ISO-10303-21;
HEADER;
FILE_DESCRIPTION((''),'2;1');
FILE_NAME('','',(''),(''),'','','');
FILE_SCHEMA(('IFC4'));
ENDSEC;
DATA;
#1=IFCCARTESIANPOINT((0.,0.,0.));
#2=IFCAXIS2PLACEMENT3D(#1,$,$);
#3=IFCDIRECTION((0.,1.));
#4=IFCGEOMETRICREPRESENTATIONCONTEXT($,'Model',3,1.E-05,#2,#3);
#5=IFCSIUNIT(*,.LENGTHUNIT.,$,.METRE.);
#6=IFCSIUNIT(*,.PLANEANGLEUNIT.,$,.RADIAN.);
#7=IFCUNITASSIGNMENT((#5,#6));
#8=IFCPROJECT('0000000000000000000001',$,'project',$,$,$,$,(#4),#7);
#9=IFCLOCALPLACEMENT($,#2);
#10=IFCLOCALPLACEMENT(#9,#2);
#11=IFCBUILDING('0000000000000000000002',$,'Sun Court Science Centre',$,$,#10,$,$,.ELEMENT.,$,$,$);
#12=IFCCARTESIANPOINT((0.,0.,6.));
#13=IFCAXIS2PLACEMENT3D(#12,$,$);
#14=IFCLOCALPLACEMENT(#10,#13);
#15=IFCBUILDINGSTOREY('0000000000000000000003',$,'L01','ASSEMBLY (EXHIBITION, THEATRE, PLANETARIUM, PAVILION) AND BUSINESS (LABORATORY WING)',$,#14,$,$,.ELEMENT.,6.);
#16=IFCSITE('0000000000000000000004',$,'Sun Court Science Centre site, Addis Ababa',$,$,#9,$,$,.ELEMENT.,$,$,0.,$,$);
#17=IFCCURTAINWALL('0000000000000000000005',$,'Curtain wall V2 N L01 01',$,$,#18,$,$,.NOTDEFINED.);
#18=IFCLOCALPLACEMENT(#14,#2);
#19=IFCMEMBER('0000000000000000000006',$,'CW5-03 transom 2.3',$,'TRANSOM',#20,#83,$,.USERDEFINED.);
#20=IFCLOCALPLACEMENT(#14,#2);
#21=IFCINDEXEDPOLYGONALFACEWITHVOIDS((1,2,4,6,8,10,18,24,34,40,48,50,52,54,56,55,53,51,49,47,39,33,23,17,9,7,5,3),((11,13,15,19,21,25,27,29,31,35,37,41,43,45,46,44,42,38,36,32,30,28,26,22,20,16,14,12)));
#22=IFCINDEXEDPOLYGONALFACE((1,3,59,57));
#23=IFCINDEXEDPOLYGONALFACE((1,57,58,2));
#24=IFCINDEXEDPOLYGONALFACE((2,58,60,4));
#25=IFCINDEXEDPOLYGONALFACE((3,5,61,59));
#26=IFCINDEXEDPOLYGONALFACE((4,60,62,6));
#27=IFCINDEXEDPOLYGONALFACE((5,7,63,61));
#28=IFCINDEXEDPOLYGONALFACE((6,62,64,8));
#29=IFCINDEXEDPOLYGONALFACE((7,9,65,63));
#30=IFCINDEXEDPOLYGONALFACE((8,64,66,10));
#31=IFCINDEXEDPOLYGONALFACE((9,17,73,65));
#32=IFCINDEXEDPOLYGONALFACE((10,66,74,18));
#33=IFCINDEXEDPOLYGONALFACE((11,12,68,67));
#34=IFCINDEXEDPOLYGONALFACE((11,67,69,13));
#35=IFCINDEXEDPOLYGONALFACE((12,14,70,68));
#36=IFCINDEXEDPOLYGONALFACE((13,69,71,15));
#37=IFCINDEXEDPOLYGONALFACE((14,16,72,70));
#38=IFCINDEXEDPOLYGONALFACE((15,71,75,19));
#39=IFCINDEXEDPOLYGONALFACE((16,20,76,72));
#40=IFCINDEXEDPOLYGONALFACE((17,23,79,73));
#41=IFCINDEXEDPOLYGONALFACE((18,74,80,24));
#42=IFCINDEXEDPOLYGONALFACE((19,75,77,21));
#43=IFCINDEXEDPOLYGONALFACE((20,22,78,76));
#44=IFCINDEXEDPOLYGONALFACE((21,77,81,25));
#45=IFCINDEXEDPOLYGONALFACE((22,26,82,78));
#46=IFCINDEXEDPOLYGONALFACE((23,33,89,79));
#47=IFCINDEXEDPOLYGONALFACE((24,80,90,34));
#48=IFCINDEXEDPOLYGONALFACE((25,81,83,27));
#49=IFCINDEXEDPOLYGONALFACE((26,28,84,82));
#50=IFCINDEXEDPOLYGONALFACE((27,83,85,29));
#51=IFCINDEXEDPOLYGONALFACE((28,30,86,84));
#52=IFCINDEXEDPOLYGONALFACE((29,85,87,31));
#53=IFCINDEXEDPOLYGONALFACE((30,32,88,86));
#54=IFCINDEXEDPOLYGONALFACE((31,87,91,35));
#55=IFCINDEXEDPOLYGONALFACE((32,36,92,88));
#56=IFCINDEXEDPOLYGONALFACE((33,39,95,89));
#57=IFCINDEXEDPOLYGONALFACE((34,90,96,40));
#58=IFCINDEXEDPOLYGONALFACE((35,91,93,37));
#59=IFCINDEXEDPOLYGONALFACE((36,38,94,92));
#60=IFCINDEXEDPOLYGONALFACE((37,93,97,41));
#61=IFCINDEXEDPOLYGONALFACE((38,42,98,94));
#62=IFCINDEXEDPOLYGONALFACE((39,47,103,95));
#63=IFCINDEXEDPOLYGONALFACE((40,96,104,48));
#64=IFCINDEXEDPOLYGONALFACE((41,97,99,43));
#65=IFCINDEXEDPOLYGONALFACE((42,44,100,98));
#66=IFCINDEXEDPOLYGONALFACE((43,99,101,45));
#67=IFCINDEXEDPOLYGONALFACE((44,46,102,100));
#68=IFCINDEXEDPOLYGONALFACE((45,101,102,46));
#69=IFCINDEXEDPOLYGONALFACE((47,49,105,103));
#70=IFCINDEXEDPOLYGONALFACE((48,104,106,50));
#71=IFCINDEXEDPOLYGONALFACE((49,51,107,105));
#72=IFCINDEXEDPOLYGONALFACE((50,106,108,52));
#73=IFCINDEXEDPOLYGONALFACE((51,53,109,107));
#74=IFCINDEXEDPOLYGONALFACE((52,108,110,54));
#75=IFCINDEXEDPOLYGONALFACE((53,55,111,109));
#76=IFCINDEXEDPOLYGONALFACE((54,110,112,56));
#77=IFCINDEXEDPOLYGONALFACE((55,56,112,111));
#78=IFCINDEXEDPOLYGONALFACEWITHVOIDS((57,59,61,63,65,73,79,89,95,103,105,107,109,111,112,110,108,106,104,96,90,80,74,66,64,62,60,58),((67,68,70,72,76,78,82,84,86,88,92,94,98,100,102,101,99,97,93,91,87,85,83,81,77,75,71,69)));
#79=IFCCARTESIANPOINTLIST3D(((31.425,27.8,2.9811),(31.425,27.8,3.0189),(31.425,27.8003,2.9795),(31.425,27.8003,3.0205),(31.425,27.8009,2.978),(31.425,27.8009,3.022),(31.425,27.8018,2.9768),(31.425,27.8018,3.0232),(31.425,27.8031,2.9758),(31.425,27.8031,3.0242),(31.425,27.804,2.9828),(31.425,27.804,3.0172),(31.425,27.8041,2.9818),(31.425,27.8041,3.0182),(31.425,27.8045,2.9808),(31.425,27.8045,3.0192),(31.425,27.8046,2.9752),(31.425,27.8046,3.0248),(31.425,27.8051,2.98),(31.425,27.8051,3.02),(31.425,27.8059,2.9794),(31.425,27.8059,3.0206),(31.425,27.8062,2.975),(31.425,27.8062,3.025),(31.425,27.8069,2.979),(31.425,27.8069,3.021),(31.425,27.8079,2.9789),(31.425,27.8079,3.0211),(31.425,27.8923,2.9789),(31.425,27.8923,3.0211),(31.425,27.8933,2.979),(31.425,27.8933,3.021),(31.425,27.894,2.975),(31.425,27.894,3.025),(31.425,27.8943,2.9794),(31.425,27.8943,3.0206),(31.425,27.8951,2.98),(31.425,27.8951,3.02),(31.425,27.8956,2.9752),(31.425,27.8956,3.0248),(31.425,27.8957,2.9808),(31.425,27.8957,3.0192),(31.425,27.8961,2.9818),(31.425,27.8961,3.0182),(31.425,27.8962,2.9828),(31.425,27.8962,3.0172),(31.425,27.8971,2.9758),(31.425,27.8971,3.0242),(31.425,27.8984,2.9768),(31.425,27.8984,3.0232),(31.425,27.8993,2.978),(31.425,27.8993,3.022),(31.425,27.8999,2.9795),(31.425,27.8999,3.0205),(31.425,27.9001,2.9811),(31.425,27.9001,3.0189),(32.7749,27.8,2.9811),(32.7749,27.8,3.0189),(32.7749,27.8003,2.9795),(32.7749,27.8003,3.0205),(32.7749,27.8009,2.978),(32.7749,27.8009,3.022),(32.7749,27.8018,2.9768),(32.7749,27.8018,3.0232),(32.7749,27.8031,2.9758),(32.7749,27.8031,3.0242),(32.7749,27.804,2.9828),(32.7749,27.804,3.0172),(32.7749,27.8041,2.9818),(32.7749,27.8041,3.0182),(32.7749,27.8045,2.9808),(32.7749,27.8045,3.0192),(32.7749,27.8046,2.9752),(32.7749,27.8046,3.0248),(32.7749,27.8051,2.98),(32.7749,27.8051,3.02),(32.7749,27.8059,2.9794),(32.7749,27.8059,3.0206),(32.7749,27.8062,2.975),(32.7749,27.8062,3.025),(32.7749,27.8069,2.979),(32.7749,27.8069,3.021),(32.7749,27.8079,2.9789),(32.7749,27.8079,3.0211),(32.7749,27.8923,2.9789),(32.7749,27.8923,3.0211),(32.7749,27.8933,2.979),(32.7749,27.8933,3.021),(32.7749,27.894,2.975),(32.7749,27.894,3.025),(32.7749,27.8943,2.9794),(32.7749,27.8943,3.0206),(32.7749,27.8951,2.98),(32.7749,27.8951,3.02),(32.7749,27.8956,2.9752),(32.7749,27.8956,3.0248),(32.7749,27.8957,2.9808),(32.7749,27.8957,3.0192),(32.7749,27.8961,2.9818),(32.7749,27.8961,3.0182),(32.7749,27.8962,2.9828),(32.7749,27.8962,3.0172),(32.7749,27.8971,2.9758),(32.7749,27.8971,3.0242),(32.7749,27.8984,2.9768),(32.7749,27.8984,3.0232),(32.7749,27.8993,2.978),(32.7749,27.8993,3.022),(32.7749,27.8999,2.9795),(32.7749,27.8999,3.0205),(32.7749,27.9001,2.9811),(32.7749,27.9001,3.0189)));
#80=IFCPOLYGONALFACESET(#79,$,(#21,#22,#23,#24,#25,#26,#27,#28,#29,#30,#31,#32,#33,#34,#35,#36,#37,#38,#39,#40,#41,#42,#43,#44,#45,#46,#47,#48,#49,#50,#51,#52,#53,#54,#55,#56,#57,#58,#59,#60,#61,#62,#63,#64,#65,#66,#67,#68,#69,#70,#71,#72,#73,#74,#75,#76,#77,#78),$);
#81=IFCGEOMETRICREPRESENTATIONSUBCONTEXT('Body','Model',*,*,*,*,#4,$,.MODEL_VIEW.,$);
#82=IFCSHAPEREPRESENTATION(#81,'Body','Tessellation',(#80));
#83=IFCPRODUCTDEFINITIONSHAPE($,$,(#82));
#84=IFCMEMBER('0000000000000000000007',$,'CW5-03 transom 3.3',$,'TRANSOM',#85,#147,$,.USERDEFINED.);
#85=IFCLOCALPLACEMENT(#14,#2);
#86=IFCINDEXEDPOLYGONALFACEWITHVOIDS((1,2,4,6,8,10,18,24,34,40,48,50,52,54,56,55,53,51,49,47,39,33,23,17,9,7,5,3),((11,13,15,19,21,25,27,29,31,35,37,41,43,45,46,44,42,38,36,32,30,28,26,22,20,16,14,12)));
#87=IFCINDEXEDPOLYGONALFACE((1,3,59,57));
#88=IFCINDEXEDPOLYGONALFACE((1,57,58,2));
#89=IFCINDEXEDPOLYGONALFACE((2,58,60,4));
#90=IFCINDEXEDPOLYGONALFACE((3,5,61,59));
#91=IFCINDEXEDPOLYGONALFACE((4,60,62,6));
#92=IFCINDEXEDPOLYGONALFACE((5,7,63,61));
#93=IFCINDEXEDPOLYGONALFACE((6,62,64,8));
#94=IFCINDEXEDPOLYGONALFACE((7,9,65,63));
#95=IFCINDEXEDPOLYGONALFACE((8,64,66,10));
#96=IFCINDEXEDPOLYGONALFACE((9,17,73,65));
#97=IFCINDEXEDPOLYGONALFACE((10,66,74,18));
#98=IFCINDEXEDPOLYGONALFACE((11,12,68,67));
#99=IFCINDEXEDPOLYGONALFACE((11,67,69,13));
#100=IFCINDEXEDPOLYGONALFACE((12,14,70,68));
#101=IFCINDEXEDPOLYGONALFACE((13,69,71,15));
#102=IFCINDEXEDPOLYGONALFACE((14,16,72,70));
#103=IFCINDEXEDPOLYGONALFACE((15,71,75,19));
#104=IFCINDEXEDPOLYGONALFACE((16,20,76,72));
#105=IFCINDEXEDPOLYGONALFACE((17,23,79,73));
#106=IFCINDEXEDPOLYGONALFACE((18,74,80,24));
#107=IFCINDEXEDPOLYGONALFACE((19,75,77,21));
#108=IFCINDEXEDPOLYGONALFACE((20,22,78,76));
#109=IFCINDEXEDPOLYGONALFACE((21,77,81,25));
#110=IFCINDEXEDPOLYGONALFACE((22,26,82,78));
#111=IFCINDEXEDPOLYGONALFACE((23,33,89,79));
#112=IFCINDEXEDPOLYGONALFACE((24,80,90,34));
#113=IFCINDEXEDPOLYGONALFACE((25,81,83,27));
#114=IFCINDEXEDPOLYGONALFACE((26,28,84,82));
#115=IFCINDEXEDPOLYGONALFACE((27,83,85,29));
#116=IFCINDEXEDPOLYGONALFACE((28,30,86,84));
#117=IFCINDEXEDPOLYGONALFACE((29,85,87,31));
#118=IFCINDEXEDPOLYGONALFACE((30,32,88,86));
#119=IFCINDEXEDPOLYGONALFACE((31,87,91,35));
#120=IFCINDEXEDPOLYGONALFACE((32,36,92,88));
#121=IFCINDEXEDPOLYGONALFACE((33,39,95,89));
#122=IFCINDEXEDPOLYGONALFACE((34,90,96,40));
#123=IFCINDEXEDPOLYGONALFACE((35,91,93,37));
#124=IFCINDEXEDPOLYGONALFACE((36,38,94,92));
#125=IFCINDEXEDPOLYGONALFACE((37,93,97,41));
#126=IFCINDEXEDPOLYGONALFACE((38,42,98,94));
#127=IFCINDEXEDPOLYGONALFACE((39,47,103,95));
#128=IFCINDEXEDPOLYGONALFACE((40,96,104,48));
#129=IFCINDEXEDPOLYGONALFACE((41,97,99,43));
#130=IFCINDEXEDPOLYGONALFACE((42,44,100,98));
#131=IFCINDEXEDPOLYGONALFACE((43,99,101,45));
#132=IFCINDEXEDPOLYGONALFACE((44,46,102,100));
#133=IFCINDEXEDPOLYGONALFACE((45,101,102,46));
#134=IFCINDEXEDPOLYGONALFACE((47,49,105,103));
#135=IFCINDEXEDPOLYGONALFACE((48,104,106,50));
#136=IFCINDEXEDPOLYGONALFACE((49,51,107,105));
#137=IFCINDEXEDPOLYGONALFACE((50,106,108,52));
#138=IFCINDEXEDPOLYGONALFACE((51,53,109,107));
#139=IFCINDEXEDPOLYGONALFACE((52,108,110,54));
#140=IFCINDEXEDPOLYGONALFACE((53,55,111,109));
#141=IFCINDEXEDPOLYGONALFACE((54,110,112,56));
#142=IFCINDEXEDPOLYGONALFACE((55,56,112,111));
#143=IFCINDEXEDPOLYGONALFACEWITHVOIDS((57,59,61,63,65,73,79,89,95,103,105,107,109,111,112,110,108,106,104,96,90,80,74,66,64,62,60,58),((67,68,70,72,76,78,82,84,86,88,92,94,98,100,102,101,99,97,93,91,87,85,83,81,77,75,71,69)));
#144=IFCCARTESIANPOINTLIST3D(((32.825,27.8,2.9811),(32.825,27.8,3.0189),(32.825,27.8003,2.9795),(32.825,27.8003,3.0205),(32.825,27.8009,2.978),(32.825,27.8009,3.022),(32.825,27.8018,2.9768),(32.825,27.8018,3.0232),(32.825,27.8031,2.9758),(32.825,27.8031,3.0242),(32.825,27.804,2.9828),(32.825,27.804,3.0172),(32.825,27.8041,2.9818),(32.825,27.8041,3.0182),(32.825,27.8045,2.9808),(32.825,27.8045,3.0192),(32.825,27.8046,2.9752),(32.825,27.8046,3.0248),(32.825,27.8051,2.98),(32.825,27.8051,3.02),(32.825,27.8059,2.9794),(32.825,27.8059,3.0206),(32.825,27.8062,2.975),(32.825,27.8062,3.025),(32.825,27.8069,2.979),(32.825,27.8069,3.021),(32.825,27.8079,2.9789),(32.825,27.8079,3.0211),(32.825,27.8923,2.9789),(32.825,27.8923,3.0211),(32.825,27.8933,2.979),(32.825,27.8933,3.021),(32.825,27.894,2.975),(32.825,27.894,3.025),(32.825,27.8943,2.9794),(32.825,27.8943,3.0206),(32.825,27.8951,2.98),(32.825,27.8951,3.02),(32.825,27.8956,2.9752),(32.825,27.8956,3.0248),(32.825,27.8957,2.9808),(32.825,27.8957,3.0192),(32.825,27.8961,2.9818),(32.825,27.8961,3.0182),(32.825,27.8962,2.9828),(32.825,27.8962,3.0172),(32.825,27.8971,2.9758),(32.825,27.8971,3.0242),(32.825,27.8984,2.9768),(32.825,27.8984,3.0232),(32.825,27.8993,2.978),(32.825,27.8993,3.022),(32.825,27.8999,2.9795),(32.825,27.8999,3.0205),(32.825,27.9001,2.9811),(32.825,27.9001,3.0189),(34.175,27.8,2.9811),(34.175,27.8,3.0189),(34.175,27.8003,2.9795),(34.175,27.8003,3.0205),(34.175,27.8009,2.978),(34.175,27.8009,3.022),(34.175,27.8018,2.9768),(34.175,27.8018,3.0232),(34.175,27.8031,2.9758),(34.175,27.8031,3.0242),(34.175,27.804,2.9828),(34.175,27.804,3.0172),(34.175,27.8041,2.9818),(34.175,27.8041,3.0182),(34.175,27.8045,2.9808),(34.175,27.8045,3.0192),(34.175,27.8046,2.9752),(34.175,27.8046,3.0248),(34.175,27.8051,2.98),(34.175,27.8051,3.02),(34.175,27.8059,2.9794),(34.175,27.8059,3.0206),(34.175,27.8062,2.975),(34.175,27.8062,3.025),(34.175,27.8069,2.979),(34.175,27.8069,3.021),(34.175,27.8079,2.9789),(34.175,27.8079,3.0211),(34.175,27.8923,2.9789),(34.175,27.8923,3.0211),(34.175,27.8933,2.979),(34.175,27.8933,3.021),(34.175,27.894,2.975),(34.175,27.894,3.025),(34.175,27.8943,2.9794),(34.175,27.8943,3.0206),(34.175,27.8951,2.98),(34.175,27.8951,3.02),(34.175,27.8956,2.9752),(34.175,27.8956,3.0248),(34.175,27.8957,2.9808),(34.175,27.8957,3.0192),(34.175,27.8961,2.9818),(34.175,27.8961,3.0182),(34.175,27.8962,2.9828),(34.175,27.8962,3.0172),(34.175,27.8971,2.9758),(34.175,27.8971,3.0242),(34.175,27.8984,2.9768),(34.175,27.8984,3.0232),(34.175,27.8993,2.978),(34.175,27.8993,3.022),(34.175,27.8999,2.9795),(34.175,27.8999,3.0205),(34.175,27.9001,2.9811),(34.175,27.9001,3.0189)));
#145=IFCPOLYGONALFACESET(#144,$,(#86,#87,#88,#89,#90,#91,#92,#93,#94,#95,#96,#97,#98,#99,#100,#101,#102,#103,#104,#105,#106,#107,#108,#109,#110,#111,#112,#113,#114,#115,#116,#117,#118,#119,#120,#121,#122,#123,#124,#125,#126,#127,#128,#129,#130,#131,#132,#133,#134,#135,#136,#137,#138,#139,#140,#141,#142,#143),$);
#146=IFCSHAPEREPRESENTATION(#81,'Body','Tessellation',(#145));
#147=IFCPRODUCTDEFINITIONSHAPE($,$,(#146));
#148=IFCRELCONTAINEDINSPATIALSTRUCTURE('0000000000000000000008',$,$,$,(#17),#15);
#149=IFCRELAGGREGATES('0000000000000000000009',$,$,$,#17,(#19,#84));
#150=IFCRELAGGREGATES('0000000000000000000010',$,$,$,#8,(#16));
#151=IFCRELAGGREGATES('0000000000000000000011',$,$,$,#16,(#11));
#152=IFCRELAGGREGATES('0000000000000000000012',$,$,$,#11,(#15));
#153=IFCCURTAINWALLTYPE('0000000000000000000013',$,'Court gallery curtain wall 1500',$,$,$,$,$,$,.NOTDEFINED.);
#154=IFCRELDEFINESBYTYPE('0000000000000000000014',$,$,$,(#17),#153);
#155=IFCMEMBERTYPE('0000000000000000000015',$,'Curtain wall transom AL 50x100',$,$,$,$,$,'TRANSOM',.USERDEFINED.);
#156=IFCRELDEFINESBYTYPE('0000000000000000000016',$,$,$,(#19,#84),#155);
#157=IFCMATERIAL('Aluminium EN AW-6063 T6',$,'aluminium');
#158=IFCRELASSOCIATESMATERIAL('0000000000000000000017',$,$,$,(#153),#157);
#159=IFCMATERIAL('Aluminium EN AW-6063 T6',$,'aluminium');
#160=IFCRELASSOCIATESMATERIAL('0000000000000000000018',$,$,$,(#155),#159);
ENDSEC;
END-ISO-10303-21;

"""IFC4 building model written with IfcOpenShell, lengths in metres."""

from ifc_helpers import new_model, si_unit, direction, frame, origin, origin_2d, place, context, subcontext, project, spatial, hollow_rectangle, extrude, material, material_profile, profile_set, type_object, element, aggregate, save


model = new_model("IFC4")

# Units and contexts
model_context = context("Model", 3, precision=1e-05, world=origin(), true_north=direction((0.0, 1.0)))
body_context = subcontext(model_context, "Body", "Model", "MODEL_VIEW")
ifc_project = project(units=[si_unit("LENGTHUNIT", "METRE"), si_unit("PLANEANGLEUNIT", "RADIAN")], contexts=[model_context])

# Site, building, storey
site_placement = place(None, origin())
site = spatial("IfcSite", under=ifc_project, at=site_placement, Name="Sun Court Science Centre site, Addis Ababa", CompositionType="ELEMENT", RefElevation=0.0)
building_placement = place(site_placement, origin())
building = spatial("IfcBuilding", under=site, at=building_placement, Name="Sun Court Science Centre", CompositionType="ELEMENT")
storey_placement = place(building_placement, frame((0.0, 0.0, 6.0)))
storey = spatial("IfcBuildingStorey", under=building, at=storey_placement, Name="L01", Description="ASSEMBLY (EXHIBITION, THEATRE, PLANETARIUM, PAVILION) AND BUSINESS (LABORATORY WING)", CompositionType="ELEMENT", Elevation=6.0)

# Curtain wall, members
ifc_material_1 = material(Name="Aluminium EN AW-6063 T6", Category="aluminium")
curtain_wall_type = type_object("IfcCurtainWallType", Name="Court gallery curtain wall 1500", PredefinedType="NOTDEFINED", material=ifc_material_1)
curtain_wall_placement = place(storey_placement, origin())
curtain_wall = element("IfcCurtainWall", 1, at=curtain_wall_placement, inside=storey, type_object=curtain_wall_type, Name="Curtain wall V2 N L01 01", PredefinedType="NOTDEFINED")
ifc_material_2 = material(Name="Aluminium EN AW-6063 T6", Category="aluminium")
ifc_material_profile_1 = material_profile(ifc_material_2, hollow_rectangle(XDim=0.05, YDim=0.1001, WallThickness=0.0039, InnerFilletRadius=0.0039, OuterFilletRadius=0.0061, at=origin_2d()), Name="AL 50x100x4")
ifc_profile_set_1 = profile_set([ifc_material_profile_1], Name="Aluminium EN AW-6063 T6")
member_type_1 = type_object("IfcMemberType", Name="Curtain wall transom AL 50x100", ElementType="TRANSOM", PredefinedType="USERDEFINED", material=ifc_profile_set_1)
member_1_placement = place(storey_placement, frame((31.425, 27.8501, 3.0), z_axis=(1.0, 0.0, 0.0), x_axis=(0.0, 0.0, 1.0)))
member_1 = element("IfcMember", 2, at=member_1_placement, type_object=member_type_1, Name="CW5-03 transom 2.3", ObjectType="TRANSOM", PredefinedType="USERDEFINED", context=body_context, shape_type="SweptSolid", body=[
    extrude(hollow_rectangle(XDim=0.05, YDim=0.1001, WallThickness=0.0039, InnerFilletRadius=0.0039, OuterFilletRadius=0.0061, at=origin_2d()), origin(), (0.0, 0.0, 1.0), 1.3499),
])
member_2_placement = place(storey_placement, frame((32.825, 27.8501, 3.0), z_axis=(1.0, 0.0, 0.0), x_axis=(0.0, 0.0, 1.0)))
member_2 = element("IfcMember", 3, at=member_2_placement, type_object=member_type_1, Name="CW5-03 transom 3.3", ObjectType="TRANSOM", PredefinedType="USERDEFINED", context=body_context, shape_type="SweptSolid", body=[
    extrude(hollow_rectangle(XDim=0.05, YDim=0.1001, WallThickness=0.0039, InnerFilletRadius=0.0039, OuterFilletRadius=0.0061, at=origin_2d()), origin(), (0.0, 0.0, 1.0), 1.3501),
])

aggregate(curtain_wall, [member_1, member_2])

save(model, "model.ifc")
